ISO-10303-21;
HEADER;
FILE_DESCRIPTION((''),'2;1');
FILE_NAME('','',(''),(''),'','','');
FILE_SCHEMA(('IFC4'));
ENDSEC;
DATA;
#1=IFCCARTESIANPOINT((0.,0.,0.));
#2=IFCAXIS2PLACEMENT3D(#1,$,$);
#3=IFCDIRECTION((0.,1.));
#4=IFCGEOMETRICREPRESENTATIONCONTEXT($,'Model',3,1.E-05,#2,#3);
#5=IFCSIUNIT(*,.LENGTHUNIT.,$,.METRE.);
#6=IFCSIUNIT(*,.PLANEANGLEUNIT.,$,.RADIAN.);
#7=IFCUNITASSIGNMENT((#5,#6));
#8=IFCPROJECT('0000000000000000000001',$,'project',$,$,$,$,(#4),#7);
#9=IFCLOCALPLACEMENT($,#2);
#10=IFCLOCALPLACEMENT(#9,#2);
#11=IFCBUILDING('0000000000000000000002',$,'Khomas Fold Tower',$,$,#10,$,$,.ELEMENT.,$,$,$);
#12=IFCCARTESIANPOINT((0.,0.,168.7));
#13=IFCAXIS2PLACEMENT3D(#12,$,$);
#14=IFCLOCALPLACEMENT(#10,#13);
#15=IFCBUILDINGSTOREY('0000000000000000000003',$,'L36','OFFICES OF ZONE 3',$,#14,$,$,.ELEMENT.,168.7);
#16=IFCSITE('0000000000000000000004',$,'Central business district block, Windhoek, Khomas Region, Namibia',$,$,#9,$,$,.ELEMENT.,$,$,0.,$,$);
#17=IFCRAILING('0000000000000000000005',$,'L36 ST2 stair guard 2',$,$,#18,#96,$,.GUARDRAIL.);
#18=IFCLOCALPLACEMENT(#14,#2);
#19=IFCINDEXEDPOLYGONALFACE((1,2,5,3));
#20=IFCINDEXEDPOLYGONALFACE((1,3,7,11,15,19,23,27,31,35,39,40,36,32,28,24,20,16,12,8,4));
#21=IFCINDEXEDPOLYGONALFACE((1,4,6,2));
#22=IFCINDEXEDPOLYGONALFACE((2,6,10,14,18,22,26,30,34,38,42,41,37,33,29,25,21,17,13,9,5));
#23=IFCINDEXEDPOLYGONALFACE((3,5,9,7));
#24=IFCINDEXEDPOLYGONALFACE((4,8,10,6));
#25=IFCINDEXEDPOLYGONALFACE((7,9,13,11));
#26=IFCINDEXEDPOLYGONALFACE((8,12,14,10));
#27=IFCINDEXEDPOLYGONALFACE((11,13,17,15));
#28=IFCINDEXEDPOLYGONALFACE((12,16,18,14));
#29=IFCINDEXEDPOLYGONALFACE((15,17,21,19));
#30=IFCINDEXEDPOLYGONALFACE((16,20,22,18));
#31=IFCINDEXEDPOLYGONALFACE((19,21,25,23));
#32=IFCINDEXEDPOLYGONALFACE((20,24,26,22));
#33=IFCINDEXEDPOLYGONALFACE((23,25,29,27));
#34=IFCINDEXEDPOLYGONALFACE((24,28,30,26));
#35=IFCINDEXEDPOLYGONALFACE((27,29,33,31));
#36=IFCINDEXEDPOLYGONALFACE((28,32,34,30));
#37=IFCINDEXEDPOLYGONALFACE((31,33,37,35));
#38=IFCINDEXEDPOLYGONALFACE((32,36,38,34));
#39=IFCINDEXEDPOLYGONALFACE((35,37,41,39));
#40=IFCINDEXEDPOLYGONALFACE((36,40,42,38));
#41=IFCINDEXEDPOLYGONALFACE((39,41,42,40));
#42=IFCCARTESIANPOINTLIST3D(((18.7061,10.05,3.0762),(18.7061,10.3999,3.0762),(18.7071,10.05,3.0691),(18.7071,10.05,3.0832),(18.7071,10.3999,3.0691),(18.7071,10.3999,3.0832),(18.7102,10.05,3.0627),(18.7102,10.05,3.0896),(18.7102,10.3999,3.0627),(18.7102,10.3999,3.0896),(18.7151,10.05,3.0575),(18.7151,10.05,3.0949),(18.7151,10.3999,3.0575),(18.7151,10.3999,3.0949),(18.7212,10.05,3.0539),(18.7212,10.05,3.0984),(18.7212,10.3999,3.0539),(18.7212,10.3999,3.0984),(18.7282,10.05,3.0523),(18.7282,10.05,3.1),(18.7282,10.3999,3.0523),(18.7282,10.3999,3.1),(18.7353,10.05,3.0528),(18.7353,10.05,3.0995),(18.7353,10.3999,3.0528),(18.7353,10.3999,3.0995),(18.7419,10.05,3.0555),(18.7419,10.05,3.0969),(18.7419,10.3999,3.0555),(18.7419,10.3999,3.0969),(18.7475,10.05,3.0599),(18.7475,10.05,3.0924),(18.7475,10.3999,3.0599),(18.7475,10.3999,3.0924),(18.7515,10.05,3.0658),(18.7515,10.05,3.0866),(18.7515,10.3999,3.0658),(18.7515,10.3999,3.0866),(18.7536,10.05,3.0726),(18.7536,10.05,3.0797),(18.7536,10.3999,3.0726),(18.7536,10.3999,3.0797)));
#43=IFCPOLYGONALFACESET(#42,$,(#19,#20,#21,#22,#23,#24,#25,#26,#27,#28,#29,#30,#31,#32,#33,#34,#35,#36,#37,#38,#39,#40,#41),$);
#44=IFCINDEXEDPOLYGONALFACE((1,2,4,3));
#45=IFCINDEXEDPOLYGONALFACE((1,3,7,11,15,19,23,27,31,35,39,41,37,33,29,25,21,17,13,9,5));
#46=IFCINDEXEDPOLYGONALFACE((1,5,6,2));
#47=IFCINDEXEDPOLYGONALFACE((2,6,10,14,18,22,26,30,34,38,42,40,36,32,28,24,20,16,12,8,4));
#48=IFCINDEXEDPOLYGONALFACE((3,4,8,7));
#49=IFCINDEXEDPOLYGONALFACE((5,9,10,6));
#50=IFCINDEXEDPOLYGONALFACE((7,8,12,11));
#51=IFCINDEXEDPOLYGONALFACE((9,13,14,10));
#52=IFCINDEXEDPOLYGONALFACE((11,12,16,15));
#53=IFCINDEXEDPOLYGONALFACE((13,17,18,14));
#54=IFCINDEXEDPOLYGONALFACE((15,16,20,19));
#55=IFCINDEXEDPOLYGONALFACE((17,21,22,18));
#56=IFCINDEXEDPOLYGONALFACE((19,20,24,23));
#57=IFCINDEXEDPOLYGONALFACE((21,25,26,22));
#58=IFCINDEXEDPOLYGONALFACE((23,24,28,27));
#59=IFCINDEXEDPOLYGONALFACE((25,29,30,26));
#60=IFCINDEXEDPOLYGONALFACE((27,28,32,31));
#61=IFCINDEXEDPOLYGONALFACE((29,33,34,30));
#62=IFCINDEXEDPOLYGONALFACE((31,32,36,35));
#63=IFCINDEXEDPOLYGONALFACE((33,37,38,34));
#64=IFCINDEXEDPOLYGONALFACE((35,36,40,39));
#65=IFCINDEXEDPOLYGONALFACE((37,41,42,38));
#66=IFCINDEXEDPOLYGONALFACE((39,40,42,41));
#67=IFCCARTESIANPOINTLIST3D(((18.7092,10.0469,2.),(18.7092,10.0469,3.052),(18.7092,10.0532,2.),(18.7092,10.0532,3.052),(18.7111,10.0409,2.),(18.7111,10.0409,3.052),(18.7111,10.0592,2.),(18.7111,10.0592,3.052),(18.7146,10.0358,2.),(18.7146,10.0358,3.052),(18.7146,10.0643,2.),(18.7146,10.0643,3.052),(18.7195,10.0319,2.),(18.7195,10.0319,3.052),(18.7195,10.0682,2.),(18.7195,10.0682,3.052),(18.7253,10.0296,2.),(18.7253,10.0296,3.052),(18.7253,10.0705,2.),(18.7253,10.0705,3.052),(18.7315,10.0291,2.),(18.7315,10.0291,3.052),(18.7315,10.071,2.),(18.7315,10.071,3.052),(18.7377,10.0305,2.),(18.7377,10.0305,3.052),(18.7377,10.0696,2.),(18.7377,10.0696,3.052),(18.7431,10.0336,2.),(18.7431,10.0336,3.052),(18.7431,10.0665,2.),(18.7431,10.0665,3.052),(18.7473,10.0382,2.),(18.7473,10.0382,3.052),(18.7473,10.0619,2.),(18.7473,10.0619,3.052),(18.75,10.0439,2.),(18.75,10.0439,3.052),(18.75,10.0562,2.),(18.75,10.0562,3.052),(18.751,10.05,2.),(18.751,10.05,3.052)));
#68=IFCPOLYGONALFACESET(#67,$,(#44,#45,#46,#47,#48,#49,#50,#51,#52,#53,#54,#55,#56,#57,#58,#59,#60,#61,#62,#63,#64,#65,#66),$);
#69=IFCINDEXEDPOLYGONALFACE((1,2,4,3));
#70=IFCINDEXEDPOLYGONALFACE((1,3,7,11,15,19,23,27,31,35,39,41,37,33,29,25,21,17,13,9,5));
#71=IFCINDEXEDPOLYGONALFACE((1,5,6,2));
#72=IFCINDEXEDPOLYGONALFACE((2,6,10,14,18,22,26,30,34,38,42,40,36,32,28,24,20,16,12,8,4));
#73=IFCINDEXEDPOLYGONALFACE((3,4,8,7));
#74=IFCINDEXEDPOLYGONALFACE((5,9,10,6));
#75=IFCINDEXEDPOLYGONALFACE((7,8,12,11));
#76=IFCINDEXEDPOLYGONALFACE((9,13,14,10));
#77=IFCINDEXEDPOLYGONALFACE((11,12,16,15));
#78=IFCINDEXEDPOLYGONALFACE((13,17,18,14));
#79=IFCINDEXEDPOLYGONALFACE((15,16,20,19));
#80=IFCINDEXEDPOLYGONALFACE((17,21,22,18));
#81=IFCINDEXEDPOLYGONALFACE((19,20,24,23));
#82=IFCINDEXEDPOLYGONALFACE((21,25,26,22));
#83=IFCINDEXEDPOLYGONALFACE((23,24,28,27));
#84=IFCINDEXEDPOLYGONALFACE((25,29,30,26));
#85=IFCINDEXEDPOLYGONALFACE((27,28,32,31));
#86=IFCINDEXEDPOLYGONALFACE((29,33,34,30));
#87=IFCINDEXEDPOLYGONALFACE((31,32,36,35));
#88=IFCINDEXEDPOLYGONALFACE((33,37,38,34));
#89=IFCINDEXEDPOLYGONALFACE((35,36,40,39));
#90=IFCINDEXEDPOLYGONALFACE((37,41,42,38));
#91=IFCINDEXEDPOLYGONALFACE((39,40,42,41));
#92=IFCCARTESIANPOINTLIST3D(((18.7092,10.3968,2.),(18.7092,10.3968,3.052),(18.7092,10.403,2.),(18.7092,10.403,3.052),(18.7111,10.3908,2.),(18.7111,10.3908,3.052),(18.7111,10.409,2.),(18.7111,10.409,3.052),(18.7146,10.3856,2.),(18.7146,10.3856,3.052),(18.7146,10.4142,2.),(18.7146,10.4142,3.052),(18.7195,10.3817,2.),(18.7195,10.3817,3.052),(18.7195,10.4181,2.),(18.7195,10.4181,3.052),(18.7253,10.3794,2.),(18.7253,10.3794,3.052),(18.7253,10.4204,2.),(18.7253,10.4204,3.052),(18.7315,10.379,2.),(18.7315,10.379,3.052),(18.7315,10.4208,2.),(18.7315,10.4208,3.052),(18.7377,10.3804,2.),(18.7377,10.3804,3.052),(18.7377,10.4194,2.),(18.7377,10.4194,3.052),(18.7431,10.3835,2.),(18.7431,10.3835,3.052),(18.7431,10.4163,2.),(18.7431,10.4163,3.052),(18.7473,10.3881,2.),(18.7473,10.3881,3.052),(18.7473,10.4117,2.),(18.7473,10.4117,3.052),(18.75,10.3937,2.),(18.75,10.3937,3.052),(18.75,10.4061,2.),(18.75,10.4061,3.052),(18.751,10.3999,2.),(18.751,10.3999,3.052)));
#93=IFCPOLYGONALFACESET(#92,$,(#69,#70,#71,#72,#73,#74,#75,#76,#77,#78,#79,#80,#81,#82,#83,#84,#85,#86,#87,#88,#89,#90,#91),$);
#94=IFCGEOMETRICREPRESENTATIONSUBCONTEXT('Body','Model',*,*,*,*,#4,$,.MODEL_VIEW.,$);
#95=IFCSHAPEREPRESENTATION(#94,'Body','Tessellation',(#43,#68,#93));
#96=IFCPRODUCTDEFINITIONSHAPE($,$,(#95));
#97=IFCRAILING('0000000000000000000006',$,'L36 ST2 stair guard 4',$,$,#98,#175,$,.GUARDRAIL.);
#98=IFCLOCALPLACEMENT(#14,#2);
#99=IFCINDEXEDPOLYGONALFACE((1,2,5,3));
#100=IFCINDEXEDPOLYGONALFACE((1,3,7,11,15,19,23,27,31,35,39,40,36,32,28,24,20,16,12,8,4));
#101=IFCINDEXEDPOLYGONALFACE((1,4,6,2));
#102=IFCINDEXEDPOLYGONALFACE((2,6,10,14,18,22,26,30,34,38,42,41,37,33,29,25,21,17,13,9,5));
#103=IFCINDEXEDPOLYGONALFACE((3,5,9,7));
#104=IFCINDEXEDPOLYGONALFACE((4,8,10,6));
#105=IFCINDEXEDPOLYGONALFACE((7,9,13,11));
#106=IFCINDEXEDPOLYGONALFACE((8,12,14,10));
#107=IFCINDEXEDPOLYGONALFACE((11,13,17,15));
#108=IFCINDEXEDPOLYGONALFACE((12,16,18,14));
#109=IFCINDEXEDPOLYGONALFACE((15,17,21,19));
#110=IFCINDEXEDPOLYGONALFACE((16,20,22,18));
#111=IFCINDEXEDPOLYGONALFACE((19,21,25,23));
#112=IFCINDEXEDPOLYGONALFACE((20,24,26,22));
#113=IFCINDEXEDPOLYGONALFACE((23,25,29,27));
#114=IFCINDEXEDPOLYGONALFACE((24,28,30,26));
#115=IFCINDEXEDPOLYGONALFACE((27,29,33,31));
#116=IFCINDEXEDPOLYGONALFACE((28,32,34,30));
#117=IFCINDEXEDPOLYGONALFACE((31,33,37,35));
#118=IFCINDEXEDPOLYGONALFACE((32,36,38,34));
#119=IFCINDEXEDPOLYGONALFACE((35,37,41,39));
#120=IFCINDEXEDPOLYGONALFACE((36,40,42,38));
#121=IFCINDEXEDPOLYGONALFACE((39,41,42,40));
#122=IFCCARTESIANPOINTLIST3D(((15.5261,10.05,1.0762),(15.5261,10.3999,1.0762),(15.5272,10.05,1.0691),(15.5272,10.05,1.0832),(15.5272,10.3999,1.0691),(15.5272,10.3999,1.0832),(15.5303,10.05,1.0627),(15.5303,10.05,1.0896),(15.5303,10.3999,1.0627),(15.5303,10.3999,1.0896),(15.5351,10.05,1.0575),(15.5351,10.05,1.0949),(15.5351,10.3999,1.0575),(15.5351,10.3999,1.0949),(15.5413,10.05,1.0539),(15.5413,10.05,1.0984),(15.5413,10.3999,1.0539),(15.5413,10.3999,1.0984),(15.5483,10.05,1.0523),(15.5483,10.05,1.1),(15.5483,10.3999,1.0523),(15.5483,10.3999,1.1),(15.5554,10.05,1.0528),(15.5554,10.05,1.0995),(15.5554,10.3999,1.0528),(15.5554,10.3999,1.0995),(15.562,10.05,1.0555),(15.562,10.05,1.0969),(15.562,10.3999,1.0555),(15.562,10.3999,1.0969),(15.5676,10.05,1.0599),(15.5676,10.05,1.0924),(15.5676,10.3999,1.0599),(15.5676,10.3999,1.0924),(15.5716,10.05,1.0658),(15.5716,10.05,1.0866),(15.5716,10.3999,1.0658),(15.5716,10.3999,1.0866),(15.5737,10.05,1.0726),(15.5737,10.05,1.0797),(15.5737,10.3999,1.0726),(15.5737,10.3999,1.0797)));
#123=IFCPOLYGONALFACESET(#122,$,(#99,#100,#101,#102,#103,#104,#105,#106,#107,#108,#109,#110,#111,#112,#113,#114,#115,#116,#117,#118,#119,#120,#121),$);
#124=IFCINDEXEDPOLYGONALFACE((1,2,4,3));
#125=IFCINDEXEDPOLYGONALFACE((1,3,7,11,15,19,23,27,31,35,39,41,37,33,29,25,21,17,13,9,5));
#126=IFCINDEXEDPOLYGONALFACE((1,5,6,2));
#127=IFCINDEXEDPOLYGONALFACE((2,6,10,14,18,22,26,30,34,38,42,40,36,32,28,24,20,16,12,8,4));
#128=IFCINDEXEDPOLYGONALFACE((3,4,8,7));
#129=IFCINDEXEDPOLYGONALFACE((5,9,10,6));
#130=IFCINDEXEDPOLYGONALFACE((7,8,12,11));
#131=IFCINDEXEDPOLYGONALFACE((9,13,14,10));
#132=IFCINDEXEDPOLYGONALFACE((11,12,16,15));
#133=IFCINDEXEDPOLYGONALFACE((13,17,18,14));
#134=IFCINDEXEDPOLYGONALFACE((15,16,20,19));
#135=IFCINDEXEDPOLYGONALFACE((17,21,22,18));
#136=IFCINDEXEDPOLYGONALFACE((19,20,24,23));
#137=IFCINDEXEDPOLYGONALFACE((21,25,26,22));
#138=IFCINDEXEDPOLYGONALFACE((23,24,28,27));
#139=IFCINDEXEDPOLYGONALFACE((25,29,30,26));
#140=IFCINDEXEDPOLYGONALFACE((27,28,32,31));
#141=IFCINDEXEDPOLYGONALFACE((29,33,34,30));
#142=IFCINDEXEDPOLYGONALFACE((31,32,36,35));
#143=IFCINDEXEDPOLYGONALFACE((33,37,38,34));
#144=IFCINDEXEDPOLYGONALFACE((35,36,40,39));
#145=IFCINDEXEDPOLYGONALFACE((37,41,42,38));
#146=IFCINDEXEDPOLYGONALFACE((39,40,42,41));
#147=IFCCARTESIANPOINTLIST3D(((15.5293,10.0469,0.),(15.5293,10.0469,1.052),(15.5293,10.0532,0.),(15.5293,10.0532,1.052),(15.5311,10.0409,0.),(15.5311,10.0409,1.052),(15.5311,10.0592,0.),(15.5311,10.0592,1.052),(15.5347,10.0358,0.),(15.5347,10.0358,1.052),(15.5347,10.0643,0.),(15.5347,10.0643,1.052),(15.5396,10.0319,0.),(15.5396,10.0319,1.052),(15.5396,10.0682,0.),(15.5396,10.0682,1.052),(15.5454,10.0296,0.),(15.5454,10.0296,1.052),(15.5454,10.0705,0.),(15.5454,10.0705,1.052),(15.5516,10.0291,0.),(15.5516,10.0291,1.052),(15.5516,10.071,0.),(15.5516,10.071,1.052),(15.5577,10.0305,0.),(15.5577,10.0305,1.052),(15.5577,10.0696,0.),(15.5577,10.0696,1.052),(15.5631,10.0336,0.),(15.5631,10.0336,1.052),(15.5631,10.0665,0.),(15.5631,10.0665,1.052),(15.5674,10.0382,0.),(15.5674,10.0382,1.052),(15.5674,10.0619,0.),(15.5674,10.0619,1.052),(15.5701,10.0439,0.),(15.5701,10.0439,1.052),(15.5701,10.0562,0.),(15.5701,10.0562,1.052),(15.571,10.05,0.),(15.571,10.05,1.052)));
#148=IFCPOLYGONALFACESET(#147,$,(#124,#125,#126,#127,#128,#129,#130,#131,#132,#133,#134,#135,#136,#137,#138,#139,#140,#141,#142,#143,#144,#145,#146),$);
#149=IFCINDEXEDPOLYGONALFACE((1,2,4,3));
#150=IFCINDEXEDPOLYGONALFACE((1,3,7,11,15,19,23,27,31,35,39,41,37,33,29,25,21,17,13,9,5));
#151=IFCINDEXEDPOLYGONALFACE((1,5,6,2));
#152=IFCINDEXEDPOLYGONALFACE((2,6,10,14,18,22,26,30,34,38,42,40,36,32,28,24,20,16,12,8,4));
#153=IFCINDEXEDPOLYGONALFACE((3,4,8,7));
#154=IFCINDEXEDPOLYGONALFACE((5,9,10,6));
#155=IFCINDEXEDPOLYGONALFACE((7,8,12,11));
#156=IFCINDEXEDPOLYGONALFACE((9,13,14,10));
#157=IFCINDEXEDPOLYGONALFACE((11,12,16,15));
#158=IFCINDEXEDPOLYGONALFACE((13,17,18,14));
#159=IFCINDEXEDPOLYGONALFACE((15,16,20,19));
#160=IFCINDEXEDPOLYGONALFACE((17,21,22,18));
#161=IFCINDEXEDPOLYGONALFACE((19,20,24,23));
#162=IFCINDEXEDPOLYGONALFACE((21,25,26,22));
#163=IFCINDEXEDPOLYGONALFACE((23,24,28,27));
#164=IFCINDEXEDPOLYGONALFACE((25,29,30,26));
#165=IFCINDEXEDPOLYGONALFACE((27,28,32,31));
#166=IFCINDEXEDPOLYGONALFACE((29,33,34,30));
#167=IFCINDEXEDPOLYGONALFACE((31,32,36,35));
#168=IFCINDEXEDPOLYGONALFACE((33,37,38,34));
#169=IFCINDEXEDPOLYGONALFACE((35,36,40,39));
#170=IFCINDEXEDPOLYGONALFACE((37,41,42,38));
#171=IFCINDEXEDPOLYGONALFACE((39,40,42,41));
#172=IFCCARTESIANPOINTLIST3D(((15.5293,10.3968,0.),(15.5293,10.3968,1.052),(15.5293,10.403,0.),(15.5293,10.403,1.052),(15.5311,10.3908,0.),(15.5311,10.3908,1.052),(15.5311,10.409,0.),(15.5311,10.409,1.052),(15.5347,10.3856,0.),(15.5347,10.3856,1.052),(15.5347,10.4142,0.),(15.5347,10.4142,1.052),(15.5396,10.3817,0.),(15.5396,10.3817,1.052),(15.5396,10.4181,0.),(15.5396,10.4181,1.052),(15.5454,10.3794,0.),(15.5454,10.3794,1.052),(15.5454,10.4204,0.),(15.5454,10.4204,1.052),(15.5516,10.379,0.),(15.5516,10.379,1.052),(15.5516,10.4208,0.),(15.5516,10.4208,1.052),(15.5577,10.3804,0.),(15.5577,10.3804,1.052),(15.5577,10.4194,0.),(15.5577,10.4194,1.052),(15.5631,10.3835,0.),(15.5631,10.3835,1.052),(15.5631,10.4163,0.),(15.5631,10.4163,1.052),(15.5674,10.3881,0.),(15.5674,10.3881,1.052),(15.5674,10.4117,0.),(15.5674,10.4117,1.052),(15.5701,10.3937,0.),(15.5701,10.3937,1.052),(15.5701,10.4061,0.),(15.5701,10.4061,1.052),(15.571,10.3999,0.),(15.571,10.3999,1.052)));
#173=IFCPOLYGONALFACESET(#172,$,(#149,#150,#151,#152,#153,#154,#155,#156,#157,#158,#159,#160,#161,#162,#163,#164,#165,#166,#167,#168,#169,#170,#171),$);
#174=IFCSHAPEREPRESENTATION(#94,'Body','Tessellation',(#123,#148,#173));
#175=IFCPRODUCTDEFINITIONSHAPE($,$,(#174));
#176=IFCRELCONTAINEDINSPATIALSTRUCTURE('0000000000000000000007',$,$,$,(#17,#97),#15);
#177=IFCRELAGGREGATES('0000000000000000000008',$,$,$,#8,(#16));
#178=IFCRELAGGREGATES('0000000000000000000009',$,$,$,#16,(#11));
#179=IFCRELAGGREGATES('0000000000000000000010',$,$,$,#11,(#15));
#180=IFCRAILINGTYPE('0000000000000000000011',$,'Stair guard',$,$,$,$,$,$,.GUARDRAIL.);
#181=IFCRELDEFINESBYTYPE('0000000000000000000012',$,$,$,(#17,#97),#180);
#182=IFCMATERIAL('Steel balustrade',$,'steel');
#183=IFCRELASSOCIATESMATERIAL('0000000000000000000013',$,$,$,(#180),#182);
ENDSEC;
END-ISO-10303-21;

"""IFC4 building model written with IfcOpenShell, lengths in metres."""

from ifc_helpers import new_model, si_unit, direction, frame, origin, origin_2d, place, context, subcontext, project, spatial, circle, extrude, source, transform, mapped, material, type_object, element, save


model = new_model("IFC4")

# Units and contexts
model_context = context("Model", 3, precision=1e-05, world=origin(), true_north=direction((0.0, 1.0)))
body_context = subcontext(model_context, "Body", "Model", "MODEL_VIEW")
ifc_project = project(units=[si_unit("LENGTHUNIT", "METRE"), si_unit("PLANEANGLEUNIT", "RADIAN")], contexts=[model_context])

# Site, building, storey
site_placement = place(None, origin())
site = spatial("IfcSite", under=ifc_project, at=site_placement, Name="Central business district block, Windhoek, Khomas Region, Namibia", CompositionType="ELEMENT", RefElevation=0.0)
building_placement = place(site_placement, origin())
building = spatial("IfcBuilding", under=site, at=building_placement, Name="Khomas Fold Tower", CompositionType="ELEMENT")
storey_placement = place(building_placement, frame((0.0, 0.0, 168.7)))
storey = spatial("IfcBuildingStorey", under=building, at=storey_placement, Name="L36", Description="OFFICES OF ZONE 3", CompositionType="ELEMENT", Elevation=168.7)

# Railings
ifc_material_1 = material(Name="Steel balustrade", Category="steel")
railing_type_1 = type_object("IfcRailingType", Name="Stair guard", PredefinedType="GUARDRAIL", material=ifc_material_1)
shared_shape_1 = source(origin(), body_context, "Body", "SweptSolid", [
    extrude(circle(Radius=0.0239, at=origin_2d()), frame((0.0, 0.0, 1.0762), z_axis=(0.0, 1.0, 0.0), x_axis=(-1.0, 0.0, 0.0)), (0.0, 0.0, 1.0), 0.3499),
    extrude(circle(Radius=0.021, at=origin_2d()), origin(), (0.0, 0.0, 1.0), 1.052),
    extrude(circle(Radius=0.021, at=origin_2d()), frame((0.0, 0.3499, 0.0)), (0.0, 0.0, 1.0), 1.052),
])
for number, where, name in (
    (1, (18.73, 10.05, 2.0), "L36 ST2 stair guard 2"),
    (2, (15.55, 10.05, 0.0), "L36 ST2 stair guard 4"),
):
    element("IfcRailing", number, at=place(storey_placement, frame(where)), inside=storey, type_object=railing_type_1, Name=name, PredefinedType="GUARDRAIL", context=body_context, shape_type="MappedRepresentation", body=[
        mapped(shared_shape_1, transform((0.0, 0.0, 0.0))),
    ])

save(model, "model.ifc")
